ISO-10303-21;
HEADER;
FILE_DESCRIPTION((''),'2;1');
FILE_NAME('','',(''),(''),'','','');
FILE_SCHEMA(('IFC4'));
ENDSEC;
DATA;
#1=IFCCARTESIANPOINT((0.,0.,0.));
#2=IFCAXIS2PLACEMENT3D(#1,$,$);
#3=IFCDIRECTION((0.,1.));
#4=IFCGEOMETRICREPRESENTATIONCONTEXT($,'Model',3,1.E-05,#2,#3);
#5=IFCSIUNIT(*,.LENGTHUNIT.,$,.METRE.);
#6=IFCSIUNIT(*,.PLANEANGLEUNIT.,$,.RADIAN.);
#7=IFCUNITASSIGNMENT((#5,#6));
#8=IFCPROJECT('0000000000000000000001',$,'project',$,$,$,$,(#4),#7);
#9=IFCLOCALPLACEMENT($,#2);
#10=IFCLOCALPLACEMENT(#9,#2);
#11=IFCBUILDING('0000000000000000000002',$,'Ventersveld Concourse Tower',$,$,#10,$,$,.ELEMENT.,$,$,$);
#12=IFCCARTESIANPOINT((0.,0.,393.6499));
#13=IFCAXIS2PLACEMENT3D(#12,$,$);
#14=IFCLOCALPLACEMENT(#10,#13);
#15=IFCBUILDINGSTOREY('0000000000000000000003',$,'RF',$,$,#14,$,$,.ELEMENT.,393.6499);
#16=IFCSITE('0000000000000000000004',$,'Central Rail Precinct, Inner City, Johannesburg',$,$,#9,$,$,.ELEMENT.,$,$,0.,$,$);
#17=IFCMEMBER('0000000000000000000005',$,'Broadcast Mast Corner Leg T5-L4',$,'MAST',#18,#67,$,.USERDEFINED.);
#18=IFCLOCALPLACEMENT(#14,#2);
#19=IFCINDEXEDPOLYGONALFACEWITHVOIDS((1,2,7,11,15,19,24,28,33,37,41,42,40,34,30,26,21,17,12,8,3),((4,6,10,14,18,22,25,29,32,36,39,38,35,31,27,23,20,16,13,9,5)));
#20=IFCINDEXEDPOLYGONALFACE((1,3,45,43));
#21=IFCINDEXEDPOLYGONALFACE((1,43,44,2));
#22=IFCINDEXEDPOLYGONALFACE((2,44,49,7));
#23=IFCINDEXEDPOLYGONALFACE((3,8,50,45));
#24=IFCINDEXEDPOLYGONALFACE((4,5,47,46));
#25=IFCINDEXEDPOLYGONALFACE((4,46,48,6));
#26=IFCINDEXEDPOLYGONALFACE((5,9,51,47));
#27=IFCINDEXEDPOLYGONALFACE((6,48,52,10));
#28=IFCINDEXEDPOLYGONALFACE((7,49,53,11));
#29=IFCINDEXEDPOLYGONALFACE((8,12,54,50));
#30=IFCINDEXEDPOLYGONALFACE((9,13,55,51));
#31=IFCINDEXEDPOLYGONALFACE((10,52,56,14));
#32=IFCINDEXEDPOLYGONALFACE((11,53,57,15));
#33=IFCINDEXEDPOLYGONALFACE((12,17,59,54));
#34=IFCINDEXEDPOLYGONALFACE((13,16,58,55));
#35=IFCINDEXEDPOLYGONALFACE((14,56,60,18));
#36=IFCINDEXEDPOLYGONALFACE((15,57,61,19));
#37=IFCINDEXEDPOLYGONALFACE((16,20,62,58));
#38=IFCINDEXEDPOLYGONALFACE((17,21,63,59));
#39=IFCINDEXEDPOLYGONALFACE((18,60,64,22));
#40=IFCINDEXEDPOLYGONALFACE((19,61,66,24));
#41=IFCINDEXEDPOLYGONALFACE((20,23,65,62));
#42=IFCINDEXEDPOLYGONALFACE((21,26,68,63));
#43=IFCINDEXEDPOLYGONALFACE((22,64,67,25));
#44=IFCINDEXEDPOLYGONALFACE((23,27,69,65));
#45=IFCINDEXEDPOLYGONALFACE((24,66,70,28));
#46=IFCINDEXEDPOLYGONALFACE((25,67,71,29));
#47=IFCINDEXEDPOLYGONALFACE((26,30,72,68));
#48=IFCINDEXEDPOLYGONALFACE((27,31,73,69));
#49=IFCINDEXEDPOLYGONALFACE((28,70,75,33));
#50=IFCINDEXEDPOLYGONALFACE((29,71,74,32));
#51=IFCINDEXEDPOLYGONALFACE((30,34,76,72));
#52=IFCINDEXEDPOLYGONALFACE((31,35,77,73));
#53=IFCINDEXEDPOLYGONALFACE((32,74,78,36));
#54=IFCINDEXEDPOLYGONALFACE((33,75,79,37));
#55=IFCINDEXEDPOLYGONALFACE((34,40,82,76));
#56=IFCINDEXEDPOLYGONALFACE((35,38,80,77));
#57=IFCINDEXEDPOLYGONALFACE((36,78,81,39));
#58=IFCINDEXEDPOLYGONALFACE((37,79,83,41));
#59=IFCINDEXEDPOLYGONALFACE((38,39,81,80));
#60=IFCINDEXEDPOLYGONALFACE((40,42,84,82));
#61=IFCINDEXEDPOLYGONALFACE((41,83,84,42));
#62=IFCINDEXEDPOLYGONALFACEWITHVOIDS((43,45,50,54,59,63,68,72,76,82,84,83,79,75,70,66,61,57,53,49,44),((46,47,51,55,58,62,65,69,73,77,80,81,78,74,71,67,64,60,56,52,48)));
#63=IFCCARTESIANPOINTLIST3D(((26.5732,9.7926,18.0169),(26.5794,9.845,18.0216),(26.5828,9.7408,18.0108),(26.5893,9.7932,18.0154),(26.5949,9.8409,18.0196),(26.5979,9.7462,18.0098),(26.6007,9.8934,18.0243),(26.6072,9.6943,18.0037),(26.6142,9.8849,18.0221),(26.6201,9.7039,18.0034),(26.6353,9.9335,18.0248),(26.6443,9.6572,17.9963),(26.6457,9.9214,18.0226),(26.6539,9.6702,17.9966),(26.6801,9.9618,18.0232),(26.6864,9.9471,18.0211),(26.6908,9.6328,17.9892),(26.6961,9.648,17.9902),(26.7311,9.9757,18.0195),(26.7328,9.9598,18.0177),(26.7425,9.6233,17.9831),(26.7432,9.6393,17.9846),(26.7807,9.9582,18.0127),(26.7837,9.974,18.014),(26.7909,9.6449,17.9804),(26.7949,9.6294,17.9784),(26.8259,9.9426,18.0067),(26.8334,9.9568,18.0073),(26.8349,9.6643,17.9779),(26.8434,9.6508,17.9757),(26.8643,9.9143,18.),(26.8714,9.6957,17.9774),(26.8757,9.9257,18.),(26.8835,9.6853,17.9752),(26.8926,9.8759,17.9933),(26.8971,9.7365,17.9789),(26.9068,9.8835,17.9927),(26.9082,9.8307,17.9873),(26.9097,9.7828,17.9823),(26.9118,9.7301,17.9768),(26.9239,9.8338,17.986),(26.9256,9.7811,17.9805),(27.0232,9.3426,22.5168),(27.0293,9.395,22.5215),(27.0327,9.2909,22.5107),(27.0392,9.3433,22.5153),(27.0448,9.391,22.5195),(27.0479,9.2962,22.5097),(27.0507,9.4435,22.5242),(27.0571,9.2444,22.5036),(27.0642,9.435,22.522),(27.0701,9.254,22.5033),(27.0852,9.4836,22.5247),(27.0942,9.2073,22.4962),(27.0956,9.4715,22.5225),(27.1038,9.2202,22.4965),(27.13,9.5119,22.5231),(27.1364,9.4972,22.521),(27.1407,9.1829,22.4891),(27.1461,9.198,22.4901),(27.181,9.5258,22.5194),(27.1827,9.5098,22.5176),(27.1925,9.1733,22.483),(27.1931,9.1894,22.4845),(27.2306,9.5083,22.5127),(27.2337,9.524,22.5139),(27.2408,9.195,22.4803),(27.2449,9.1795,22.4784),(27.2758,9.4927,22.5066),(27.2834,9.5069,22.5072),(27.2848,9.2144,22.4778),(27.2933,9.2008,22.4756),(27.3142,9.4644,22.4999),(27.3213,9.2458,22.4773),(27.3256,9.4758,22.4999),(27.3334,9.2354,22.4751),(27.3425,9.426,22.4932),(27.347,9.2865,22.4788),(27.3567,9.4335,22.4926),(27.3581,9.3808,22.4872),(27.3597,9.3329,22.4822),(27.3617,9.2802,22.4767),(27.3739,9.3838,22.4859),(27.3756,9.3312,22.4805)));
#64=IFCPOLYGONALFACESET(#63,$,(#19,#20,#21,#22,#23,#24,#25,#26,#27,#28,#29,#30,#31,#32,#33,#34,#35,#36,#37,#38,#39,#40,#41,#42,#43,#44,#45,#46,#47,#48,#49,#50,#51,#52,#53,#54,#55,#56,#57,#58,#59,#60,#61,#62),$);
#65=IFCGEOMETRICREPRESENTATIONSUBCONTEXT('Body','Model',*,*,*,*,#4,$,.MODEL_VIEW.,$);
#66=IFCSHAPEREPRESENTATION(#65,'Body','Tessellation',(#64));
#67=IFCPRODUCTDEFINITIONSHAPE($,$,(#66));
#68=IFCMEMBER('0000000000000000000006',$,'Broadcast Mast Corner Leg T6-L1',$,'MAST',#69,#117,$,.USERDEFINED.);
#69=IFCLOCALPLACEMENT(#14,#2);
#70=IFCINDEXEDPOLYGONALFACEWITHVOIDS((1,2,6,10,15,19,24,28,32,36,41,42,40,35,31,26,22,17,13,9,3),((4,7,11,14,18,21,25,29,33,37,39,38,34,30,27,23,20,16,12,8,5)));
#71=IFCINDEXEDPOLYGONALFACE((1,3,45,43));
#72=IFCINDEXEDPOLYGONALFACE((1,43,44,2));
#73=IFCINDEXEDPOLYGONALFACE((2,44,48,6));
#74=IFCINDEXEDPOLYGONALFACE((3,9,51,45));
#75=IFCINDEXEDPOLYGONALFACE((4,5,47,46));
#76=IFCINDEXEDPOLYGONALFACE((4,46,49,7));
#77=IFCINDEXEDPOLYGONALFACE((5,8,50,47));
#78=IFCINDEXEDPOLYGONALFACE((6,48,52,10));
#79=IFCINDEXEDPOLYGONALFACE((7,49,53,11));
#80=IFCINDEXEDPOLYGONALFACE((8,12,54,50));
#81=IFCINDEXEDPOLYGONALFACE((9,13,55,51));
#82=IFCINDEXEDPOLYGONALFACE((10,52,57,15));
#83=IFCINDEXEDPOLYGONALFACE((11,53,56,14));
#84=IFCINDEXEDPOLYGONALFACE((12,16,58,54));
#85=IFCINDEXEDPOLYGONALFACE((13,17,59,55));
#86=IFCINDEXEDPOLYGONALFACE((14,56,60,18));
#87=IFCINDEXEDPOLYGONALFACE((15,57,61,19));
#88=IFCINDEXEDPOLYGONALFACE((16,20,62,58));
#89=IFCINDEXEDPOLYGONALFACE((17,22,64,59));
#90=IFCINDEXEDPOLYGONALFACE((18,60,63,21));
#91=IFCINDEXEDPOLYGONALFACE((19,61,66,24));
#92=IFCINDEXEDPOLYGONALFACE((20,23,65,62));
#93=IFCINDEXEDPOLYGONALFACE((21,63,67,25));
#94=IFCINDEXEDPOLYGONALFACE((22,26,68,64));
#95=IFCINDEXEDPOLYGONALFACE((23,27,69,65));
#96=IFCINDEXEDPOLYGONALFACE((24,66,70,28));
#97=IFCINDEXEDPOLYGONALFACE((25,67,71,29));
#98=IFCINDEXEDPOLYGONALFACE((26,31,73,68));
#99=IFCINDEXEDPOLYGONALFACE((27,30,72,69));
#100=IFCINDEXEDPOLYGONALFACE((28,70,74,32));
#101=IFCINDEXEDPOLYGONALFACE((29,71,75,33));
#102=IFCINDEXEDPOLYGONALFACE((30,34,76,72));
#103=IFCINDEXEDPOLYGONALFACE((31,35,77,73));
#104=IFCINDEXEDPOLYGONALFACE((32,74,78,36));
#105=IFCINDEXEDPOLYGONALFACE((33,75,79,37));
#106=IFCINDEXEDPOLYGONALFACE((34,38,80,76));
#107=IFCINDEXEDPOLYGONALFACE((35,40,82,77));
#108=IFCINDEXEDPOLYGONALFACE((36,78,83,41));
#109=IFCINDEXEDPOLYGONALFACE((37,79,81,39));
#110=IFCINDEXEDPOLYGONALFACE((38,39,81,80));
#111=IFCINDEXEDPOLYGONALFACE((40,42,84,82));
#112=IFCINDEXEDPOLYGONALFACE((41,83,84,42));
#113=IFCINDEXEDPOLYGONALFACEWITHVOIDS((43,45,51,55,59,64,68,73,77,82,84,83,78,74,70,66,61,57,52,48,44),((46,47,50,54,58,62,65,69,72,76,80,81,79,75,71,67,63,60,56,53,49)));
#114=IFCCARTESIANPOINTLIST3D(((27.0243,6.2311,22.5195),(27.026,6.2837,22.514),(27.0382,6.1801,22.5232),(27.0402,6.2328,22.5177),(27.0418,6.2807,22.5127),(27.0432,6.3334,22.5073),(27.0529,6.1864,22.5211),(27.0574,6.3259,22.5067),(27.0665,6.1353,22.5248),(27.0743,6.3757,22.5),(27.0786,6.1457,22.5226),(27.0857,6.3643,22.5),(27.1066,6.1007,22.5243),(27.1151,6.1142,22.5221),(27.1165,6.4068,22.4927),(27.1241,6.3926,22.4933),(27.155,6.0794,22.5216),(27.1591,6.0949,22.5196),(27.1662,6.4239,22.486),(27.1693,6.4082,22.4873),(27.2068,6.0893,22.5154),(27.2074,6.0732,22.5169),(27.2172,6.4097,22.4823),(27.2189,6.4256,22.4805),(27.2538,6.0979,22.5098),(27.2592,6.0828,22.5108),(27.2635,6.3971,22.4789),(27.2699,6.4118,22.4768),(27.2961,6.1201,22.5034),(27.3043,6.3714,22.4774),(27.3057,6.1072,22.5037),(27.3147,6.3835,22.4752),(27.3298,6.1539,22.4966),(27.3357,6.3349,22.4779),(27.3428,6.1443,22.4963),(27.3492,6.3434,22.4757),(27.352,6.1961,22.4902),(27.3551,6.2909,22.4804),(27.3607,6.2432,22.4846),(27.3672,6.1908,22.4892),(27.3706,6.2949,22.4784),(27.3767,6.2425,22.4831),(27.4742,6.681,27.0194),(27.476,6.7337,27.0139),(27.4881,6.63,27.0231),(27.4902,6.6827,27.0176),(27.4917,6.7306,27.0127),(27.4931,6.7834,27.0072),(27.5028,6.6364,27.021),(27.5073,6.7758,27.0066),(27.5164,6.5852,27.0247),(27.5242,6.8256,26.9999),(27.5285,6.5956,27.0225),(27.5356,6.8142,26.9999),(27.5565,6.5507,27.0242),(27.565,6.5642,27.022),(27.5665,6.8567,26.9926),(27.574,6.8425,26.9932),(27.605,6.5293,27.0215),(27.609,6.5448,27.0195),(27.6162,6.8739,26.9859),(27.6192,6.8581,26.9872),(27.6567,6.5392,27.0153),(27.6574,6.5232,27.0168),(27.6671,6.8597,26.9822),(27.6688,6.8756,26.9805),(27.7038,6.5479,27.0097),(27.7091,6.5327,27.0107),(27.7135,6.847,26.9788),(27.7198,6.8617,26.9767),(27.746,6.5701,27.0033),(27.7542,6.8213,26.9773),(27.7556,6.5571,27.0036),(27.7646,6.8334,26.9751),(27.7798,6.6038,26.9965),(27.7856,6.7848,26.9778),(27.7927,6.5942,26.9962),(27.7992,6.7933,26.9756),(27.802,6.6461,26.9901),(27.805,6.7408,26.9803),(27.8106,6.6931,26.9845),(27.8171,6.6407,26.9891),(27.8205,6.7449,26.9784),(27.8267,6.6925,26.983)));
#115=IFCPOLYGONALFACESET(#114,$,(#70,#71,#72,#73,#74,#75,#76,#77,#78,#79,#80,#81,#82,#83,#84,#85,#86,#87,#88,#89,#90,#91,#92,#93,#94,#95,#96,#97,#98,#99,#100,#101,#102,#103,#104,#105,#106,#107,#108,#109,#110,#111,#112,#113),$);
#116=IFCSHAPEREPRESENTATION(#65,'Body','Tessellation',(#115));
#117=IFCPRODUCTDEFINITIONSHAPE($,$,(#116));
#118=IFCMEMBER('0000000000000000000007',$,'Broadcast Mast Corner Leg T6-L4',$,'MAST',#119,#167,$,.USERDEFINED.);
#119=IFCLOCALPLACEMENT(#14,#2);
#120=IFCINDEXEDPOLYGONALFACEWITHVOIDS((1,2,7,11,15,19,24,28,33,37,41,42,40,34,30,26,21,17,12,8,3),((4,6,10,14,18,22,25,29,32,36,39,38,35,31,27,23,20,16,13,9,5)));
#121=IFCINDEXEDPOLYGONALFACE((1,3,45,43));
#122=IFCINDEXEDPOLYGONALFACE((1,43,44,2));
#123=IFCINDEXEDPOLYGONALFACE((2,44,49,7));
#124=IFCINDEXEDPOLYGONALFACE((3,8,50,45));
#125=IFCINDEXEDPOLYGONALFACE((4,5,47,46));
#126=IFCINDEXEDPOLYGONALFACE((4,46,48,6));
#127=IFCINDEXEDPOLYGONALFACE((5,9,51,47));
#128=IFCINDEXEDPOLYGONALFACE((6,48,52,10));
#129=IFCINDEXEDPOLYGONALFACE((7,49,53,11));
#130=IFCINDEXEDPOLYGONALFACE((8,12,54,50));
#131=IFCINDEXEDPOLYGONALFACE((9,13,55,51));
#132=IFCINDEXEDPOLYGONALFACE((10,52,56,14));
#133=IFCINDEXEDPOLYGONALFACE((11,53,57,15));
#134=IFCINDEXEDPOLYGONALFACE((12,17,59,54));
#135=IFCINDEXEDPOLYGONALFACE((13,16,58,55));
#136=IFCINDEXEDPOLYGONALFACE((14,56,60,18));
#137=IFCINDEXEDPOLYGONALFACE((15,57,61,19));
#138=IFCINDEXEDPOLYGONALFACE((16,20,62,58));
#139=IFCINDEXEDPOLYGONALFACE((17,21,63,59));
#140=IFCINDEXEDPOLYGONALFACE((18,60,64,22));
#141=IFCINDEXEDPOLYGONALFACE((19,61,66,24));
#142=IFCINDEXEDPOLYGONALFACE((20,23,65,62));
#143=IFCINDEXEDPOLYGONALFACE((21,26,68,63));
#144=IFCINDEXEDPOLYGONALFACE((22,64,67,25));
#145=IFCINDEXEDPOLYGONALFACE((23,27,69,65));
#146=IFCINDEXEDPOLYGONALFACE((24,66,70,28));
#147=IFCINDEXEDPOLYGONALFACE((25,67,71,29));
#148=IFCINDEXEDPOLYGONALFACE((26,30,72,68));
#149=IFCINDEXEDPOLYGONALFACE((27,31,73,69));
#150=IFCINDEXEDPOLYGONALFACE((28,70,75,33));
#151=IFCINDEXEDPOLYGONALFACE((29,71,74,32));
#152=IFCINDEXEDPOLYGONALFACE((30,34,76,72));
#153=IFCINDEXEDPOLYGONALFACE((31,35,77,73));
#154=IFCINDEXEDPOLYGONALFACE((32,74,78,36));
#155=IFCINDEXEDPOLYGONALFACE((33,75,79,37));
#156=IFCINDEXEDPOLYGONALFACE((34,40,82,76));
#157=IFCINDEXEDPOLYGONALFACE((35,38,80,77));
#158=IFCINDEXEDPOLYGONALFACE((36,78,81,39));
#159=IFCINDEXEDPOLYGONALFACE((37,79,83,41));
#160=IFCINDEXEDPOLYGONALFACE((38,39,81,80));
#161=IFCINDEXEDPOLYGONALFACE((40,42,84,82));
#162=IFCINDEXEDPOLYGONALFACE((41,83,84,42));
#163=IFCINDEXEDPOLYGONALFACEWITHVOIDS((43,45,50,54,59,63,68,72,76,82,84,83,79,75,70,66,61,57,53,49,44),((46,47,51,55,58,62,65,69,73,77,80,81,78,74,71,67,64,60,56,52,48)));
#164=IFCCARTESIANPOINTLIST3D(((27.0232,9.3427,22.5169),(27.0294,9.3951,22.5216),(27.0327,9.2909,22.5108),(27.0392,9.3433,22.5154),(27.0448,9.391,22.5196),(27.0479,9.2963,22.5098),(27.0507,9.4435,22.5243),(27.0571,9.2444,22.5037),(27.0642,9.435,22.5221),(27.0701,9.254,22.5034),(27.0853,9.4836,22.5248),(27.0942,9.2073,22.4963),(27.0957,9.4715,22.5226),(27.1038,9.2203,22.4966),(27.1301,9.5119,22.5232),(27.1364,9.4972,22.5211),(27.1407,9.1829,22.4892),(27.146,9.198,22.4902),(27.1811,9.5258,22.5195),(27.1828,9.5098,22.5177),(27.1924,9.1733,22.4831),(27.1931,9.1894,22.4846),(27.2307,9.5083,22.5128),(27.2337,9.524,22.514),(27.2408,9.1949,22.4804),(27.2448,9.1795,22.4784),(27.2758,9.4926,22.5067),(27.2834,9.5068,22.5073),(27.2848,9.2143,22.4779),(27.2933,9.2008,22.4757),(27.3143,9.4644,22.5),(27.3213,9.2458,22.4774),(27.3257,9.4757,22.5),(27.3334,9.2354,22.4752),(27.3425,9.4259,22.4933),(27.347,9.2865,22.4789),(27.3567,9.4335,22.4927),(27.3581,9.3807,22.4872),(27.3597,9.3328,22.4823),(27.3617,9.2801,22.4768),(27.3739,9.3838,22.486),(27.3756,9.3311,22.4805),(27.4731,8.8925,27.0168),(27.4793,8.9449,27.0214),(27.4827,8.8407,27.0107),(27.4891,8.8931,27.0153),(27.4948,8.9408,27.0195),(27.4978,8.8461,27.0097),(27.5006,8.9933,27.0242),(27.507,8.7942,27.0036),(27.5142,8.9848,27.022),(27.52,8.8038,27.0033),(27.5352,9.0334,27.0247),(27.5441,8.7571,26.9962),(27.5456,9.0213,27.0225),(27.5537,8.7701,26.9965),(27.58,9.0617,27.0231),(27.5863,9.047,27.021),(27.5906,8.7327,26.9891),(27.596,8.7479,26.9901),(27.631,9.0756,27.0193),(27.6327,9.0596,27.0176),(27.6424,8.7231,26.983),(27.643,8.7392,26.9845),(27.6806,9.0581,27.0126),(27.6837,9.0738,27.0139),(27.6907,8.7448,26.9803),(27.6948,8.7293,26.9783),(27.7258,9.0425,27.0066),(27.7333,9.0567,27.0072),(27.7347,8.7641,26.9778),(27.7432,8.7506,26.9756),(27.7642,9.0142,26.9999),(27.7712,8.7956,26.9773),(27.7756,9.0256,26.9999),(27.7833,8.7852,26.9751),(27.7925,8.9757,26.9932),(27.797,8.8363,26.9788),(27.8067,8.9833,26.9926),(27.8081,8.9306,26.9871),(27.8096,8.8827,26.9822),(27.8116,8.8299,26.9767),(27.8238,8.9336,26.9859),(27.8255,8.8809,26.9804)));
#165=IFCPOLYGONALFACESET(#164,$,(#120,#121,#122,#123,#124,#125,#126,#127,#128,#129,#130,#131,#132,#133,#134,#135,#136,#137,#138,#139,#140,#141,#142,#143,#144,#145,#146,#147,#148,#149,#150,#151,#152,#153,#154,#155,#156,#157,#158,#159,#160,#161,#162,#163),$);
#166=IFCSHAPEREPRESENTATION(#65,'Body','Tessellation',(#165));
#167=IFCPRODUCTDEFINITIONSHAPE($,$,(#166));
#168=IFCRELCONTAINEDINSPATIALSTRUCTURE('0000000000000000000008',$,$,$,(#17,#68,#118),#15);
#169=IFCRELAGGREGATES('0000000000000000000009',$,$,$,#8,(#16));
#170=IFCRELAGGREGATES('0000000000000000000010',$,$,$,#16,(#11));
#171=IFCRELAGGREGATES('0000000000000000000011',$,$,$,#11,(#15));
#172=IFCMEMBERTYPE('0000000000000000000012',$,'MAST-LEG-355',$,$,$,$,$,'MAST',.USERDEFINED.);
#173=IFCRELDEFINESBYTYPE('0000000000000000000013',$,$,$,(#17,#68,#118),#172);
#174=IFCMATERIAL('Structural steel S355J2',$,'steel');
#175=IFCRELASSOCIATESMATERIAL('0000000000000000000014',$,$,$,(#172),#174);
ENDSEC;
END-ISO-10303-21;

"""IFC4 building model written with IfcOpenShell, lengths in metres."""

from ifc_helpers import new_model, si_unit, direction, frame, origin, origin_2d, place, context, subcontext, project, spatial, hollow_circle, extrude, material, material_profile, profile_set, type_object, element, save


model = new_model("IFC4")

# Units and contexts
model_context = context("Model", 3, precision=1e-05, world=origin(), true_north=direction((0.0, 1.0)))
body_context = subcontext(model_context, "Body", "Model", "MODEL_VIEW")
ifc_project = project(units=[si_unit("LENGTHUNIT", "METRE"), si_unit("PLANEANGLEUNIT", "RADIAN")], contexts=[model_context])

# Site, building, storey
site_placement = place(None, origin())
site = spatial("IfcSite", under=ifc_project, at=site_placement, Name="Central Rail Precinct, Inner City, Johannesburg", CompositionType="ELEMENT", RefElevation=0.0)
building_placement = place(site_placement, origin())
building = spatial("IfcBuilding", under=site, at=building_placement, Name="Ventersveld Concourse Tower", CompositionType="ELEMENT")
storey_placement = place(building_placement, frame((0.0, 0.0, 393.6499)))
storey = spatial("IfcBuildingStorey", under=building, at=storey_placement, Name="RF", CompositionType="ELEMENT", Elevation=393.6499)

# Members
ifc_material = material(Name="Structural steel S355J2", Category="steel")
ifc_material_profile_1 = material_profile(ifc_material, hollow_circle(Radius=0.1777, WallThickness=0.0161, at=origin_2d()), Name="CHS 355.6x16")
ifc_profile_set_1 = profile_set([ifc_material_profile_1], Name="Structural steel S355J2")
member_type_1 = type_object("IfcMemberType", Name="MAST-LEG-355", ElementType="MAST", PredefinedType="USERDEFINED", material=ifc_profile_set_1)
for number, where, z_axis, x_axis, name in (
    (1, (26.75, 9.8, 18.0), (0.099004, -0.099004, 0.99015), (0.707107, 0.707107, 0.0), "Broadcast Mast Corner Leg T5-L4"),
    (2, (27.2, 6.25, 22.5), (0.099004, 0.099004, 0.99015), (-0.707107, 0.707107, 0.0), "Broadcast Mast Corner Leg T6-L1"),
    (3, (27.2, 9.3501, 22.5), (0.099004, -0.099057, 0.990144), (0.707299, 0.706915, 0.0), "Broadcast Mast Corner Leg T6-L4"),
):
    element("IfcMember", number, at=place(storey_placement, frame(where, z_axis=z_axis, x_axis=x_axis)), inside=storey, type_object=member_type_1, Name=name, ObjectType="MAST", PredefinedType="USERDEFINED", context=body_context, shape_type="SweptSolid", body=[
        extrude(hollow_circle(Radius=0.1777, WallThickness=0.0161, at=origin_2d()), origin(), (0.0, 0.0, 1.0), 4.5447),
    ])

save(model, "model.ifc")
